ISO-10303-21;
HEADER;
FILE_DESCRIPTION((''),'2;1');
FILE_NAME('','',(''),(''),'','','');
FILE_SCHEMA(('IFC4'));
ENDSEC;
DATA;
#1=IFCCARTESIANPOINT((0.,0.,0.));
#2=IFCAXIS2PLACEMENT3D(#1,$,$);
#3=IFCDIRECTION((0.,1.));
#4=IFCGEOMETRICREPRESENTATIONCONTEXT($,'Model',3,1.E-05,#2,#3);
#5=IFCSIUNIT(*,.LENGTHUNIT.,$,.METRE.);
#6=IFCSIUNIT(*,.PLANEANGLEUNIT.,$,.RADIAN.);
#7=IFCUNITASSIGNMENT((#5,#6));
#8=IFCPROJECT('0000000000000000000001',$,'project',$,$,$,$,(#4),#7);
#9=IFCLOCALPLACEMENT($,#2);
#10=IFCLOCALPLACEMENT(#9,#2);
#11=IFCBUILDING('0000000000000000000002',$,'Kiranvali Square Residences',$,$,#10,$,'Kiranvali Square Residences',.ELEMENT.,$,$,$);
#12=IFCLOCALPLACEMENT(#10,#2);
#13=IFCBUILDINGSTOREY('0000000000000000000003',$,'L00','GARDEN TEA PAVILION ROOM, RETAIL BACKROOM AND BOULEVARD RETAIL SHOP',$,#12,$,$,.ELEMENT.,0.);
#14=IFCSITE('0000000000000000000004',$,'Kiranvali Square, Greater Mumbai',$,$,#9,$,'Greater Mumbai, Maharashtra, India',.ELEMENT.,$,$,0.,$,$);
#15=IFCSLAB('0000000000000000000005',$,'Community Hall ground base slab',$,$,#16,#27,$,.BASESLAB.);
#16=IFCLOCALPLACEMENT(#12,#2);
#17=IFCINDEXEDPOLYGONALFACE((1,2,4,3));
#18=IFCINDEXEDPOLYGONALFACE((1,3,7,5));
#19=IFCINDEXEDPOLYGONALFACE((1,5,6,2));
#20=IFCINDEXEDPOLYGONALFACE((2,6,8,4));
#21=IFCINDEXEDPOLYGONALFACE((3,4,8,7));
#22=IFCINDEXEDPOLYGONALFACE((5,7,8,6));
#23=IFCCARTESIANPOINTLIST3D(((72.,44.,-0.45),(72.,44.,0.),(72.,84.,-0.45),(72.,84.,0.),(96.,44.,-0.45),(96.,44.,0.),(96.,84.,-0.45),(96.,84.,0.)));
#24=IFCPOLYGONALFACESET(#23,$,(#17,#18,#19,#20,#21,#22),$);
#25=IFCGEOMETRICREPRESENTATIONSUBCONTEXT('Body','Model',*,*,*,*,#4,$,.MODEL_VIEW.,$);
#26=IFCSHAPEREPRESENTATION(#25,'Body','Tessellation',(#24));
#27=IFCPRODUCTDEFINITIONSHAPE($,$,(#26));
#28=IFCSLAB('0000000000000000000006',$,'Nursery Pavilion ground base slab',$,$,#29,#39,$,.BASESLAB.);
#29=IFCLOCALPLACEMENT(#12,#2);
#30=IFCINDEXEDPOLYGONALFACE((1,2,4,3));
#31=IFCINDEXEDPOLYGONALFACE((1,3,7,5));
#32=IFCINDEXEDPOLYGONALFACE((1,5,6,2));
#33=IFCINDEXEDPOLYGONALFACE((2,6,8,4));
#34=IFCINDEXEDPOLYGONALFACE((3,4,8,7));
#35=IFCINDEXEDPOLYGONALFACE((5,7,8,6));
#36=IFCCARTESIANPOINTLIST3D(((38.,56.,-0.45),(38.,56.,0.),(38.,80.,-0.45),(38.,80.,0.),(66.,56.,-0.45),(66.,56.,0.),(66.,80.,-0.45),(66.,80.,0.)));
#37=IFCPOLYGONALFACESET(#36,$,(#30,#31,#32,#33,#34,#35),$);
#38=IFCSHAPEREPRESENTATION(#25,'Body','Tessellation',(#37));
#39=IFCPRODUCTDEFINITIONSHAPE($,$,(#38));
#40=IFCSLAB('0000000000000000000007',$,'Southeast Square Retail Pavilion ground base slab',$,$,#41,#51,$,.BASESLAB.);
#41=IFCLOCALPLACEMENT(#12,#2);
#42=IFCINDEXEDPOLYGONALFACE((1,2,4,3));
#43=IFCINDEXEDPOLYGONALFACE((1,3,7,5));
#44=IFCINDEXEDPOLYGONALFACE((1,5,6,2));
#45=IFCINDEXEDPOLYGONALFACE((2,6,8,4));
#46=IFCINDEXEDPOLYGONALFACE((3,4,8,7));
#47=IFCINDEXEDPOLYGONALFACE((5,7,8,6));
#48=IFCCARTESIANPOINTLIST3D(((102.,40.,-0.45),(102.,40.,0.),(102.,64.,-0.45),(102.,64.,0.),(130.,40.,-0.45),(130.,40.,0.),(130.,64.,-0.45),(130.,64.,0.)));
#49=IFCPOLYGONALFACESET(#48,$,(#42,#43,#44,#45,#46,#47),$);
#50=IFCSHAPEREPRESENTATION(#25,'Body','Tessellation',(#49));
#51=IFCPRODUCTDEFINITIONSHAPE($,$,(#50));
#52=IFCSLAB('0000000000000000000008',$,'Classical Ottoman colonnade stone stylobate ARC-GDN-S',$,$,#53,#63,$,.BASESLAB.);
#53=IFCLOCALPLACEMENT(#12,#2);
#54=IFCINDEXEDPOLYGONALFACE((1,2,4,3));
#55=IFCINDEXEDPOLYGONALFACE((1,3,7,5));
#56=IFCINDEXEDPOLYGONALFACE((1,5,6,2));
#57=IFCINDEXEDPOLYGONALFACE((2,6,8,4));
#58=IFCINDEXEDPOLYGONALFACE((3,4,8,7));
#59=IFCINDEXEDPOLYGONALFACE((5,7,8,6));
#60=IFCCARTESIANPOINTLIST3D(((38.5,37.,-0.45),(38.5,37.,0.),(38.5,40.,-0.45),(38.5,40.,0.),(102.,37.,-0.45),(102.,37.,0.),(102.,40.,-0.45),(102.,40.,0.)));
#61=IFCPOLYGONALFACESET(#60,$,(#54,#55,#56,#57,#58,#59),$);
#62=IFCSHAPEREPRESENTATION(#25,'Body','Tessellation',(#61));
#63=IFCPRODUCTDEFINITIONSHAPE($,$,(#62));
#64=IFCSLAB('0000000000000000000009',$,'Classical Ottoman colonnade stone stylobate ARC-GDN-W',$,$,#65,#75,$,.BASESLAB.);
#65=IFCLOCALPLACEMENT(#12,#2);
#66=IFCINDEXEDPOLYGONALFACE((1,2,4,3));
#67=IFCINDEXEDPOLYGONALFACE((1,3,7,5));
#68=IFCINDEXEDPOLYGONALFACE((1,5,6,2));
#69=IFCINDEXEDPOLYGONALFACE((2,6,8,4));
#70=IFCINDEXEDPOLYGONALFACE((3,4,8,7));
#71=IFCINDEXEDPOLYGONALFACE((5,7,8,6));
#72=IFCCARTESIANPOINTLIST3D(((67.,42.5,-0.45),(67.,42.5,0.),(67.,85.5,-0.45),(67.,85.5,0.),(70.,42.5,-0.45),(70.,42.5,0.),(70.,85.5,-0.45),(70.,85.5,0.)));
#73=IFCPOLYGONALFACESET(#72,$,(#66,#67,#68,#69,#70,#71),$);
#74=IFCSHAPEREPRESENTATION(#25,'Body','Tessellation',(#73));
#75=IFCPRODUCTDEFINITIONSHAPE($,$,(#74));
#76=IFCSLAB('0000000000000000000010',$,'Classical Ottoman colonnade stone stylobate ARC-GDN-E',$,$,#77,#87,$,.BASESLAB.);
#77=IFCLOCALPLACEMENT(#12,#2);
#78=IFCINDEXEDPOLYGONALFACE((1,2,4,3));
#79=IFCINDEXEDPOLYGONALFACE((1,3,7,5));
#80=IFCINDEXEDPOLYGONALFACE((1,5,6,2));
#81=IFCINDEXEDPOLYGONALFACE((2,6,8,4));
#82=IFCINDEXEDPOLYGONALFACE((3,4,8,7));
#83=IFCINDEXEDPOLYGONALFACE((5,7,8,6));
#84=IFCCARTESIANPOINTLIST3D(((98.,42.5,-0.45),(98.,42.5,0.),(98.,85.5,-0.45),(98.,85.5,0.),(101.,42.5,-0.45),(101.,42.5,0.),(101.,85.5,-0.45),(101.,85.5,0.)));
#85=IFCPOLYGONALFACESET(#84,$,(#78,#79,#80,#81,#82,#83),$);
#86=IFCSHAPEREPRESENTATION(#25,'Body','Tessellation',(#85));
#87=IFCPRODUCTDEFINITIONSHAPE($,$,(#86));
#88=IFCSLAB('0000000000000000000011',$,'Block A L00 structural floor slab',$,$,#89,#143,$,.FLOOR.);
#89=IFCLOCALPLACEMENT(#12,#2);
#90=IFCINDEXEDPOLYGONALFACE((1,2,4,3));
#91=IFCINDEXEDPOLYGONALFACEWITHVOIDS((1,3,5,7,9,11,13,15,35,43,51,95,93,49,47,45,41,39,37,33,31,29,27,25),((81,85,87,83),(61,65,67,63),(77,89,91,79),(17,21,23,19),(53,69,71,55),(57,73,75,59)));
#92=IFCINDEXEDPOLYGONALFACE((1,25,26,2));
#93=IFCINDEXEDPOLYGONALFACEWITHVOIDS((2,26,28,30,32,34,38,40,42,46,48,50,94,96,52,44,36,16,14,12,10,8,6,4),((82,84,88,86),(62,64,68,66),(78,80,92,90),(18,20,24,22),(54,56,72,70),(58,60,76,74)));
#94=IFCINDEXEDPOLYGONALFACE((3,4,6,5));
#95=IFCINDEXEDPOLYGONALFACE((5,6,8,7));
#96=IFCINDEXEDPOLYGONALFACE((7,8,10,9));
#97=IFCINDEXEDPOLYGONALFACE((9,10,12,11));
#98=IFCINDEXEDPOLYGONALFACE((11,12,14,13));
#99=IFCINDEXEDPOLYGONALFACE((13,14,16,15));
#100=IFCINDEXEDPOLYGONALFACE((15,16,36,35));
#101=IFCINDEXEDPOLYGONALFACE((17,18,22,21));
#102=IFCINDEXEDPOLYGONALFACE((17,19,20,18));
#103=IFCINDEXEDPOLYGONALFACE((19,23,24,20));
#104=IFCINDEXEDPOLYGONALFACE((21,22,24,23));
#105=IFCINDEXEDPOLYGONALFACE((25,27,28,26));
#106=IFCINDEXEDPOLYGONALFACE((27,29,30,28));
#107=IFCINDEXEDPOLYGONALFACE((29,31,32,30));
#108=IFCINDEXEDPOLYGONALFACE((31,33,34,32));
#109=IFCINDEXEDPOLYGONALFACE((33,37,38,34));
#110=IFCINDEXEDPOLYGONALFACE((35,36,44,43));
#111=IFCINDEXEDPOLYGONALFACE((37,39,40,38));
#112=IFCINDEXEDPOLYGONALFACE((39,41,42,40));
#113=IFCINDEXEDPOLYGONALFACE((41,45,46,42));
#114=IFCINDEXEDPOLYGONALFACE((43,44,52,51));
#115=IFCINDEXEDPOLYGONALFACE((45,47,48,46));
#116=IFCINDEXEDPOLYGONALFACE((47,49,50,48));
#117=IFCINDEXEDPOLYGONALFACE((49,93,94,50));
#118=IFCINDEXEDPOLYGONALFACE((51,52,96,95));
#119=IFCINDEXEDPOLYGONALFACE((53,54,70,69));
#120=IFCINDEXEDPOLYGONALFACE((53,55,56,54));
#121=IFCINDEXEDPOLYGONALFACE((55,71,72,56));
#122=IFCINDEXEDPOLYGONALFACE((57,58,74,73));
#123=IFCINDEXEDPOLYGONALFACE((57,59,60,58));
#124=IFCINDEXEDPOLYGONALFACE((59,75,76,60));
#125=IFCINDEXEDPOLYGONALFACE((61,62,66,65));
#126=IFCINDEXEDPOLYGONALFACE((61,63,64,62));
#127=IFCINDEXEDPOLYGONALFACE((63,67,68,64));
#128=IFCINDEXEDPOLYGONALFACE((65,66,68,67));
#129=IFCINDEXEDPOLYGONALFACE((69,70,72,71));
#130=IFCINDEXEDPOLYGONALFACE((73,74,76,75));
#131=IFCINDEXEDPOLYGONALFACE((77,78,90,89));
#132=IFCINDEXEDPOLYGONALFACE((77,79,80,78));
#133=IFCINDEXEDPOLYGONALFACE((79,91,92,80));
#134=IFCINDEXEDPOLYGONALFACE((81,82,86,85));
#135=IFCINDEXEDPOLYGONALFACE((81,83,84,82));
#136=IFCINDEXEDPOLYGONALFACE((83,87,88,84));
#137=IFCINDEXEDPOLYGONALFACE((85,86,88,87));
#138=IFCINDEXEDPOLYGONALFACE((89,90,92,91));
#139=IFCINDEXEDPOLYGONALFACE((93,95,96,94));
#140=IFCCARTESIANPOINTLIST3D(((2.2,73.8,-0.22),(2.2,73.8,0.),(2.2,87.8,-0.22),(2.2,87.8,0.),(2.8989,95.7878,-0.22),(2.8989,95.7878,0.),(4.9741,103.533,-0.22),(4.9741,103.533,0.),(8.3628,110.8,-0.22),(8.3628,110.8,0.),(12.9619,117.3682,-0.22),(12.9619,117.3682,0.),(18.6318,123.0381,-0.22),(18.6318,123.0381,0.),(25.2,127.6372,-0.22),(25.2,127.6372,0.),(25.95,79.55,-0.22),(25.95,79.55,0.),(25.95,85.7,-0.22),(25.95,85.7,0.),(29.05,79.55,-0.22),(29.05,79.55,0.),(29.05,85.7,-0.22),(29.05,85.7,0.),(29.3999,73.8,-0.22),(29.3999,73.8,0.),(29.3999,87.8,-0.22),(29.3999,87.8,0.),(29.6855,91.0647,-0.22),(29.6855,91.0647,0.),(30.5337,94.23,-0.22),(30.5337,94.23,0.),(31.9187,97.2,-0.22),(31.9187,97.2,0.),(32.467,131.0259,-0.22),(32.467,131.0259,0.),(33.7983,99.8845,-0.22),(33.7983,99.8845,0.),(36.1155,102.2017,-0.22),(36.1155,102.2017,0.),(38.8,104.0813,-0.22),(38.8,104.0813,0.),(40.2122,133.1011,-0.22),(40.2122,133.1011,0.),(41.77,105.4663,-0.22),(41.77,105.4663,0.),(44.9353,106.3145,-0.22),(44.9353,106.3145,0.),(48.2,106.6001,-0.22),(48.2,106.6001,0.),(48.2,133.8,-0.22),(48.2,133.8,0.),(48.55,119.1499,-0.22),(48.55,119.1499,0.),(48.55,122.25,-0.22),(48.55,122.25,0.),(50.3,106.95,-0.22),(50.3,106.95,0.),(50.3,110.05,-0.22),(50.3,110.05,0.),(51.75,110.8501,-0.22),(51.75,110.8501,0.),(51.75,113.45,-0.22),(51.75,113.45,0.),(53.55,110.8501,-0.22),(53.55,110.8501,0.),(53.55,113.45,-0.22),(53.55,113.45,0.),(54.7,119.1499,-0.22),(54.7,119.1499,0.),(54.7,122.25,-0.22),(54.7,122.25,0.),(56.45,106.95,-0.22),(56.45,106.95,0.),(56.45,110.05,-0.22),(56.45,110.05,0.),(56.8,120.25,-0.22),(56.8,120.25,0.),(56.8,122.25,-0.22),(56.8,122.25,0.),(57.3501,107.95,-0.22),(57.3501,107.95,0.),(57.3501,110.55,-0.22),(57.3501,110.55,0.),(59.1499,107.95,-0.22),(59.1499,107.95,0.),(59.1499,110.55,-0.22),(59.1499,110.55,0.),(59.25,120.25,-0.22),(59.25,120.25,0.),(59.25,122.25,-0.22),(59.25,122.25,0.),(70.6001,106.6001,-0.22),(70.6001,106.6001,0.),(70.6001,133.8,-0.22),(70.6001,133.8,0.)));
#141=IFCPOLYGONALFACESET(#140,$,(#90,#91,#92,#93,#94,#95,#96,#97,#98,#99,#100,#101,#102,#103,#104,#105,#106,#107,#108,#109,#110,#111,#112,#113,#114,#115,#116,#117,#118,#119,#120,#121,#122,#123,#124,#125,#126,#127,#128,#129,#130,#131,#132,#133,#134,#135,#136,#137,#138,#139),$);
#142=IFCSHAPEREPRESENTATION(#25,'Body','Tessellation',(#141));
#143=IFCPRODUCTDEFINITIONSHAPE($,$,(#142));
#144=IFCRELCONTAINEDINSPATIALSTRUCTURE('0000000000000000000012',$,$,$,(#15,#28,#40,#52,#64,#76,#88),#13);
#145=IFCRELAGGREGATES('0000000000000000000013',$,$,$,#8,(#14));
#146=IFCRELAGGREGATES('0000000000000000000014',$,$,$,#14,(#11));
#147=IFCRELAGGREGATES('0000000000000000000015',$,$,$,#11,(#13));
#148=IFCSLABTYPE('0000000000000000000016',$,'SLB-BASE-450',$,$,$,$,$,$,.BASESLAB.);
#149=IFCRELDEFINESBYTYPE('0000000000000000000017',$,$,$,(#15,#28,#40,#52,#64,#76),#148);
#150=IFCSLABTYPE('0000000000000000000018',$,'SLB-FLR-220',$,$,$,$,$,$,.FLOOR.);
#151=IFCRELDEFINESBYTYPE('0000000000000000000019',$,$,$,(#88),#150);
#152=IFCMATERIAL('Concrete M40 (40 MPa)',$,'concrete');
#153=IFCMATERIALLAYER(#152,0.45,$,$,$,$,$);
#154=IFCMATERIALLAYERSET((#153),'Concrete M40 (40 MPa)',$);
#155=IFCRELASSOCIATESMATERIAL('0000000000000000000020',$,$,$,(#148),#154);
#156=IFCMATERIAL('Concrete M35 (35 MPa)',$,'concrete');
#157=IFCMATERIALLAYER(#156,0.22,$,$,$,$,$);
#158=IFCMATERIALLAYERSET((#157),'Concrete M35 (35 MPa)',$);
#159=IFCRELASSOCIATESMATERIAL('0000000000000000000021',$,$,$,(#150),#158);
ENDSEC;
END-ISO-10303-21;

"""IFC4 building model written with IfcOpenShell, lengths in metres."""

from ifc_helpers import new_model, si_unit, direction, frame, origin, place, context, subcontext, project, spatial, polyline, outline, extrude, material, layer, layer_set, type_object, element, save


model = new_model("IFC4")

# Units and contexts
model_context = context("Model", 3, precision=1e-05, world=origin(), true_north=direction((0.0, 1.0)))
body_context = subcontext(model_context, "Body", "Model", "MODEL_VIEW")
ifc_project = project(units=[si_unit("LENGTHUNIT", "METRE"), si_unit("PLANEANGLEUNIT", "RADIAN")], contexts=[model_context])

# Site, building, storey
site_placement = place(None, origin())
site = spatial("IfcSite", under=ifc_project, at=site_placement, Name="Kiranvali Square, Greater Mumbai", LongName="Greater Mumbai, Maharashtra, India", CompositionType="ELEMENT", RefElevation=0.0)
building_placement = place(site_placement, origin())
building = spatial("IfcBuilding", under=site, at=building_placement, Name="Kiranvali Square Residences", LongName="Kiranvali Square Residences", CompositionType="ELEMENT")
storey_placement = place(building_placement, origin())
storey = spatial("IfcBuildingStorey", under=building, at=storey_placement, Name="L00", Description="GARDEN TEA PAVILION ROOM, RETAIL BACKROOM AND BOULEVARD RETAIL SHOP", CompositionType="ELEMENT", Elevation=0.0)

# Slabs
ifc_material_1 = material(Name="Concrete M40 (40 MPa)", Category="concrete")
ifc_layer_1 = layer(ifc_material_1, 0.45)
ifc_layer_set_1 = layer_set([ifc_layer_1], Name="Concrete M40 (40 MPa)")
slab_type_1 = type_object("IfcSlabType", Name="SLB-BASE-450", PredefinedType="BASESLAB", material=ifc_layer_set_1)
slab_1_placement = place(storey_placement, frame((0.0, 0.0, -0.45)))
element("IfcSlab", 1, at=slab_1_placement, inside=storey, type_object=slab_type_1, Name="Community Hall ground base slab", PredefinedType="BASESLAB", context=body_context, shape_type="SweptSolid", body=[
    extrude(outline(polyline([(72.0, 44.0), (96.0, 44.0), (96.0, 84.0), (72.0, 84.0), (72.0, 44.0)])), origin(), (0.0, 0.0, 1.0), 0.45),
])
slab_2_placement = place(storey_placement, frame((0.0, 0.0, -0.45)))
element("IfcSlab", 2, at=slab_2_placement, inside=storey, type_object=slab_type_1, Name="Nursery Pavilion ground base slab", PredefinedType="BASESLAB", context=body_context, shape_type="SweptSolid", body=[
    extrude(outline(polyline([(38.0, 56.0), (66.0, 56.0), (66.0, 80.0), (38.0, 80.0), (38.0, 56.0)])), origin(), (0.0, 0.0, 1.0), 0.45),
])
slab_3_placement = place(storey_placement, frame((0.0, 0.0, -0.45)))
element("IfcSlab", 3, at=slab_3_placement, inside=storey, type_object=slab_type_1, Name="Southeast Square Retail Pavilion ground base slab", PredefinedType="BASESLAB", context=body_context, shape_type="SweptSolid", body=[
    extrude(outline(polyline([(102.0, 40.0), (130.0, 40.0), (130.0, 64.0), (102.0, 64.0), (102.0, 40.0)])), origin(), (0.0, 0.0, 1.0), 0.45),
])
slab_4_placement = place(storey_placement, frame((0.0, 0.0, -0.45)))
element("IfcSlab", 4, at=slab_4_placement, inside=storey, type_object=slab_type_1, Name="Classical Ottoman colonnade stone stylobate ARC-GDN-S", PredefinedType="BASESLAB", context=body_context, shape_type="SweptSolid", body=[
    extrude(outline(polyline([(38.5, 37.0), (102.0, 37.0), (102.0, 40.0), (38.5, 40.0), (38.5, 37.0)])), origin(), (0.0, 0.0, 1.0), 0.45),
])
slab_5_placement = place(storey_placement, frame((0.0, 0.0, -0.45)))
element("IfcSlab", 5, at=slab_5_placement, inside=storey, type_object=slab_type_1, Name="Classical Ottoman colonnade stone stylobate ARC-GDN-W", PredefinedType="BASESLAB", context=body_context, shape_type="SweptSolid", body=[
    extrude(outline(polyline([(67.0, 42.5), (70.0, 42.5), (70.0, 85.5), (67.0, 85.5), (67.0, 42.5)])), origin(), (0.0, 0.0, 1.0), 0.45),
])
slab_6_placement = place(storey_placement, frame((0.0, 0.0, -0.45)))
element("IfcSlab", 6, at=slab_6_placement, inside=storey, type_object=slab_type_1, Name="Classical Ottoman colonnade stone stylobate ARC-GDN-E", PredefinedType="BASESLAB", context=body_context, shape_type="SweptSolid", body=[
    extrude(outline(polyline([(98.0, 42.5), (101.0, 42.5), (101.0, 85.5), (98.0, 85.5), (98.0, 42.5)])), origin(), (0.0, 0.0, 1.0), 0.45),
])
ifc_material_2 = material(Name="Concrete M35 (35 MPa)", Category="concrete")
ifc_layer_2 = layer(ifc_material_2, 0.22)
ifc_layer_set_2 = layer_set([ifc_layer_2], Name="Concrete M35 (35 MPa)")
slab_type_2 = type_object("IfcSlabType", Name="SLB-FLR-220", PredefinedType="FLOOR", material=ifc_layer_set_2)
slab_7_placement = place(storey_placement, frame((0.0, 0.0, -0.22)))
element("IfcSlab", 7, at=slab_7_placement, inside=storey, type_object=slab_type_2, Name="Block A L00 structural floor slab", PredefinedType="FLOOR", context=body_context, shape_type="SweptSolid", body=[
    extrude(outline(polyline([(70.6001, 106.6001), (70.6001, 133.8), (48.2, 133.8), (40.2122, 133.1011), (32.467, 131.0259), (25.2, 127.6372), (18.6318, 123.0381), (12.9619, 117.3682), (8.3628, 110.8), (4.9741, 103.533), (2.8989, 95.7878), (2.2, 87.8), (2.2, 73.8), (29.3999, 73.8), (29.3999, 87.8), (29.6855, 91.0647), (30.5337, 94.23), (31.9187, 97.2), (33.7983, 99.8845), (36.1155, 102.2017), (38.8, 104.0813), (41.77, 105.4663), (44.9353, 106.3145), (48.2, 106.6001), (70.6001, 106.6001)]), holes=[polyline([(56.8, 120.25), (59.25, 120.25), (59.25, 122.25), (56.8, 122.25), (56.8, 120.25)]), polyline([(57.3501, 107.95), (59.1499, 107.95), (59.1499, 110.55), (57.3501, 110.55), (57.3501, 107.95)]), polyline([(51.75, 110.8501), (53.55, 110.8501), (53.55, 113.45), (51.75, 113.45), (51.75, 110.8501)]), polyline([(54.7, 122.25), (48.55, 122.25), (48.55, 119.1499), (54.7, 119.1499), (54.7, 122.25)]), polyline([(50.3, 106.95), (56.45, 106.95), (56.45, 110.05), (50.3, 110.05), (50.3, 106.95)]), polyline([(25.95, 85.7), (25.95, 79.55), (29.05, 79.55), (29.05, 85.7), (25.95, 85.7)])]), origin(), (0.0, 0.0, 1.0), 0.22),
])

save(model, "model.ifc")
